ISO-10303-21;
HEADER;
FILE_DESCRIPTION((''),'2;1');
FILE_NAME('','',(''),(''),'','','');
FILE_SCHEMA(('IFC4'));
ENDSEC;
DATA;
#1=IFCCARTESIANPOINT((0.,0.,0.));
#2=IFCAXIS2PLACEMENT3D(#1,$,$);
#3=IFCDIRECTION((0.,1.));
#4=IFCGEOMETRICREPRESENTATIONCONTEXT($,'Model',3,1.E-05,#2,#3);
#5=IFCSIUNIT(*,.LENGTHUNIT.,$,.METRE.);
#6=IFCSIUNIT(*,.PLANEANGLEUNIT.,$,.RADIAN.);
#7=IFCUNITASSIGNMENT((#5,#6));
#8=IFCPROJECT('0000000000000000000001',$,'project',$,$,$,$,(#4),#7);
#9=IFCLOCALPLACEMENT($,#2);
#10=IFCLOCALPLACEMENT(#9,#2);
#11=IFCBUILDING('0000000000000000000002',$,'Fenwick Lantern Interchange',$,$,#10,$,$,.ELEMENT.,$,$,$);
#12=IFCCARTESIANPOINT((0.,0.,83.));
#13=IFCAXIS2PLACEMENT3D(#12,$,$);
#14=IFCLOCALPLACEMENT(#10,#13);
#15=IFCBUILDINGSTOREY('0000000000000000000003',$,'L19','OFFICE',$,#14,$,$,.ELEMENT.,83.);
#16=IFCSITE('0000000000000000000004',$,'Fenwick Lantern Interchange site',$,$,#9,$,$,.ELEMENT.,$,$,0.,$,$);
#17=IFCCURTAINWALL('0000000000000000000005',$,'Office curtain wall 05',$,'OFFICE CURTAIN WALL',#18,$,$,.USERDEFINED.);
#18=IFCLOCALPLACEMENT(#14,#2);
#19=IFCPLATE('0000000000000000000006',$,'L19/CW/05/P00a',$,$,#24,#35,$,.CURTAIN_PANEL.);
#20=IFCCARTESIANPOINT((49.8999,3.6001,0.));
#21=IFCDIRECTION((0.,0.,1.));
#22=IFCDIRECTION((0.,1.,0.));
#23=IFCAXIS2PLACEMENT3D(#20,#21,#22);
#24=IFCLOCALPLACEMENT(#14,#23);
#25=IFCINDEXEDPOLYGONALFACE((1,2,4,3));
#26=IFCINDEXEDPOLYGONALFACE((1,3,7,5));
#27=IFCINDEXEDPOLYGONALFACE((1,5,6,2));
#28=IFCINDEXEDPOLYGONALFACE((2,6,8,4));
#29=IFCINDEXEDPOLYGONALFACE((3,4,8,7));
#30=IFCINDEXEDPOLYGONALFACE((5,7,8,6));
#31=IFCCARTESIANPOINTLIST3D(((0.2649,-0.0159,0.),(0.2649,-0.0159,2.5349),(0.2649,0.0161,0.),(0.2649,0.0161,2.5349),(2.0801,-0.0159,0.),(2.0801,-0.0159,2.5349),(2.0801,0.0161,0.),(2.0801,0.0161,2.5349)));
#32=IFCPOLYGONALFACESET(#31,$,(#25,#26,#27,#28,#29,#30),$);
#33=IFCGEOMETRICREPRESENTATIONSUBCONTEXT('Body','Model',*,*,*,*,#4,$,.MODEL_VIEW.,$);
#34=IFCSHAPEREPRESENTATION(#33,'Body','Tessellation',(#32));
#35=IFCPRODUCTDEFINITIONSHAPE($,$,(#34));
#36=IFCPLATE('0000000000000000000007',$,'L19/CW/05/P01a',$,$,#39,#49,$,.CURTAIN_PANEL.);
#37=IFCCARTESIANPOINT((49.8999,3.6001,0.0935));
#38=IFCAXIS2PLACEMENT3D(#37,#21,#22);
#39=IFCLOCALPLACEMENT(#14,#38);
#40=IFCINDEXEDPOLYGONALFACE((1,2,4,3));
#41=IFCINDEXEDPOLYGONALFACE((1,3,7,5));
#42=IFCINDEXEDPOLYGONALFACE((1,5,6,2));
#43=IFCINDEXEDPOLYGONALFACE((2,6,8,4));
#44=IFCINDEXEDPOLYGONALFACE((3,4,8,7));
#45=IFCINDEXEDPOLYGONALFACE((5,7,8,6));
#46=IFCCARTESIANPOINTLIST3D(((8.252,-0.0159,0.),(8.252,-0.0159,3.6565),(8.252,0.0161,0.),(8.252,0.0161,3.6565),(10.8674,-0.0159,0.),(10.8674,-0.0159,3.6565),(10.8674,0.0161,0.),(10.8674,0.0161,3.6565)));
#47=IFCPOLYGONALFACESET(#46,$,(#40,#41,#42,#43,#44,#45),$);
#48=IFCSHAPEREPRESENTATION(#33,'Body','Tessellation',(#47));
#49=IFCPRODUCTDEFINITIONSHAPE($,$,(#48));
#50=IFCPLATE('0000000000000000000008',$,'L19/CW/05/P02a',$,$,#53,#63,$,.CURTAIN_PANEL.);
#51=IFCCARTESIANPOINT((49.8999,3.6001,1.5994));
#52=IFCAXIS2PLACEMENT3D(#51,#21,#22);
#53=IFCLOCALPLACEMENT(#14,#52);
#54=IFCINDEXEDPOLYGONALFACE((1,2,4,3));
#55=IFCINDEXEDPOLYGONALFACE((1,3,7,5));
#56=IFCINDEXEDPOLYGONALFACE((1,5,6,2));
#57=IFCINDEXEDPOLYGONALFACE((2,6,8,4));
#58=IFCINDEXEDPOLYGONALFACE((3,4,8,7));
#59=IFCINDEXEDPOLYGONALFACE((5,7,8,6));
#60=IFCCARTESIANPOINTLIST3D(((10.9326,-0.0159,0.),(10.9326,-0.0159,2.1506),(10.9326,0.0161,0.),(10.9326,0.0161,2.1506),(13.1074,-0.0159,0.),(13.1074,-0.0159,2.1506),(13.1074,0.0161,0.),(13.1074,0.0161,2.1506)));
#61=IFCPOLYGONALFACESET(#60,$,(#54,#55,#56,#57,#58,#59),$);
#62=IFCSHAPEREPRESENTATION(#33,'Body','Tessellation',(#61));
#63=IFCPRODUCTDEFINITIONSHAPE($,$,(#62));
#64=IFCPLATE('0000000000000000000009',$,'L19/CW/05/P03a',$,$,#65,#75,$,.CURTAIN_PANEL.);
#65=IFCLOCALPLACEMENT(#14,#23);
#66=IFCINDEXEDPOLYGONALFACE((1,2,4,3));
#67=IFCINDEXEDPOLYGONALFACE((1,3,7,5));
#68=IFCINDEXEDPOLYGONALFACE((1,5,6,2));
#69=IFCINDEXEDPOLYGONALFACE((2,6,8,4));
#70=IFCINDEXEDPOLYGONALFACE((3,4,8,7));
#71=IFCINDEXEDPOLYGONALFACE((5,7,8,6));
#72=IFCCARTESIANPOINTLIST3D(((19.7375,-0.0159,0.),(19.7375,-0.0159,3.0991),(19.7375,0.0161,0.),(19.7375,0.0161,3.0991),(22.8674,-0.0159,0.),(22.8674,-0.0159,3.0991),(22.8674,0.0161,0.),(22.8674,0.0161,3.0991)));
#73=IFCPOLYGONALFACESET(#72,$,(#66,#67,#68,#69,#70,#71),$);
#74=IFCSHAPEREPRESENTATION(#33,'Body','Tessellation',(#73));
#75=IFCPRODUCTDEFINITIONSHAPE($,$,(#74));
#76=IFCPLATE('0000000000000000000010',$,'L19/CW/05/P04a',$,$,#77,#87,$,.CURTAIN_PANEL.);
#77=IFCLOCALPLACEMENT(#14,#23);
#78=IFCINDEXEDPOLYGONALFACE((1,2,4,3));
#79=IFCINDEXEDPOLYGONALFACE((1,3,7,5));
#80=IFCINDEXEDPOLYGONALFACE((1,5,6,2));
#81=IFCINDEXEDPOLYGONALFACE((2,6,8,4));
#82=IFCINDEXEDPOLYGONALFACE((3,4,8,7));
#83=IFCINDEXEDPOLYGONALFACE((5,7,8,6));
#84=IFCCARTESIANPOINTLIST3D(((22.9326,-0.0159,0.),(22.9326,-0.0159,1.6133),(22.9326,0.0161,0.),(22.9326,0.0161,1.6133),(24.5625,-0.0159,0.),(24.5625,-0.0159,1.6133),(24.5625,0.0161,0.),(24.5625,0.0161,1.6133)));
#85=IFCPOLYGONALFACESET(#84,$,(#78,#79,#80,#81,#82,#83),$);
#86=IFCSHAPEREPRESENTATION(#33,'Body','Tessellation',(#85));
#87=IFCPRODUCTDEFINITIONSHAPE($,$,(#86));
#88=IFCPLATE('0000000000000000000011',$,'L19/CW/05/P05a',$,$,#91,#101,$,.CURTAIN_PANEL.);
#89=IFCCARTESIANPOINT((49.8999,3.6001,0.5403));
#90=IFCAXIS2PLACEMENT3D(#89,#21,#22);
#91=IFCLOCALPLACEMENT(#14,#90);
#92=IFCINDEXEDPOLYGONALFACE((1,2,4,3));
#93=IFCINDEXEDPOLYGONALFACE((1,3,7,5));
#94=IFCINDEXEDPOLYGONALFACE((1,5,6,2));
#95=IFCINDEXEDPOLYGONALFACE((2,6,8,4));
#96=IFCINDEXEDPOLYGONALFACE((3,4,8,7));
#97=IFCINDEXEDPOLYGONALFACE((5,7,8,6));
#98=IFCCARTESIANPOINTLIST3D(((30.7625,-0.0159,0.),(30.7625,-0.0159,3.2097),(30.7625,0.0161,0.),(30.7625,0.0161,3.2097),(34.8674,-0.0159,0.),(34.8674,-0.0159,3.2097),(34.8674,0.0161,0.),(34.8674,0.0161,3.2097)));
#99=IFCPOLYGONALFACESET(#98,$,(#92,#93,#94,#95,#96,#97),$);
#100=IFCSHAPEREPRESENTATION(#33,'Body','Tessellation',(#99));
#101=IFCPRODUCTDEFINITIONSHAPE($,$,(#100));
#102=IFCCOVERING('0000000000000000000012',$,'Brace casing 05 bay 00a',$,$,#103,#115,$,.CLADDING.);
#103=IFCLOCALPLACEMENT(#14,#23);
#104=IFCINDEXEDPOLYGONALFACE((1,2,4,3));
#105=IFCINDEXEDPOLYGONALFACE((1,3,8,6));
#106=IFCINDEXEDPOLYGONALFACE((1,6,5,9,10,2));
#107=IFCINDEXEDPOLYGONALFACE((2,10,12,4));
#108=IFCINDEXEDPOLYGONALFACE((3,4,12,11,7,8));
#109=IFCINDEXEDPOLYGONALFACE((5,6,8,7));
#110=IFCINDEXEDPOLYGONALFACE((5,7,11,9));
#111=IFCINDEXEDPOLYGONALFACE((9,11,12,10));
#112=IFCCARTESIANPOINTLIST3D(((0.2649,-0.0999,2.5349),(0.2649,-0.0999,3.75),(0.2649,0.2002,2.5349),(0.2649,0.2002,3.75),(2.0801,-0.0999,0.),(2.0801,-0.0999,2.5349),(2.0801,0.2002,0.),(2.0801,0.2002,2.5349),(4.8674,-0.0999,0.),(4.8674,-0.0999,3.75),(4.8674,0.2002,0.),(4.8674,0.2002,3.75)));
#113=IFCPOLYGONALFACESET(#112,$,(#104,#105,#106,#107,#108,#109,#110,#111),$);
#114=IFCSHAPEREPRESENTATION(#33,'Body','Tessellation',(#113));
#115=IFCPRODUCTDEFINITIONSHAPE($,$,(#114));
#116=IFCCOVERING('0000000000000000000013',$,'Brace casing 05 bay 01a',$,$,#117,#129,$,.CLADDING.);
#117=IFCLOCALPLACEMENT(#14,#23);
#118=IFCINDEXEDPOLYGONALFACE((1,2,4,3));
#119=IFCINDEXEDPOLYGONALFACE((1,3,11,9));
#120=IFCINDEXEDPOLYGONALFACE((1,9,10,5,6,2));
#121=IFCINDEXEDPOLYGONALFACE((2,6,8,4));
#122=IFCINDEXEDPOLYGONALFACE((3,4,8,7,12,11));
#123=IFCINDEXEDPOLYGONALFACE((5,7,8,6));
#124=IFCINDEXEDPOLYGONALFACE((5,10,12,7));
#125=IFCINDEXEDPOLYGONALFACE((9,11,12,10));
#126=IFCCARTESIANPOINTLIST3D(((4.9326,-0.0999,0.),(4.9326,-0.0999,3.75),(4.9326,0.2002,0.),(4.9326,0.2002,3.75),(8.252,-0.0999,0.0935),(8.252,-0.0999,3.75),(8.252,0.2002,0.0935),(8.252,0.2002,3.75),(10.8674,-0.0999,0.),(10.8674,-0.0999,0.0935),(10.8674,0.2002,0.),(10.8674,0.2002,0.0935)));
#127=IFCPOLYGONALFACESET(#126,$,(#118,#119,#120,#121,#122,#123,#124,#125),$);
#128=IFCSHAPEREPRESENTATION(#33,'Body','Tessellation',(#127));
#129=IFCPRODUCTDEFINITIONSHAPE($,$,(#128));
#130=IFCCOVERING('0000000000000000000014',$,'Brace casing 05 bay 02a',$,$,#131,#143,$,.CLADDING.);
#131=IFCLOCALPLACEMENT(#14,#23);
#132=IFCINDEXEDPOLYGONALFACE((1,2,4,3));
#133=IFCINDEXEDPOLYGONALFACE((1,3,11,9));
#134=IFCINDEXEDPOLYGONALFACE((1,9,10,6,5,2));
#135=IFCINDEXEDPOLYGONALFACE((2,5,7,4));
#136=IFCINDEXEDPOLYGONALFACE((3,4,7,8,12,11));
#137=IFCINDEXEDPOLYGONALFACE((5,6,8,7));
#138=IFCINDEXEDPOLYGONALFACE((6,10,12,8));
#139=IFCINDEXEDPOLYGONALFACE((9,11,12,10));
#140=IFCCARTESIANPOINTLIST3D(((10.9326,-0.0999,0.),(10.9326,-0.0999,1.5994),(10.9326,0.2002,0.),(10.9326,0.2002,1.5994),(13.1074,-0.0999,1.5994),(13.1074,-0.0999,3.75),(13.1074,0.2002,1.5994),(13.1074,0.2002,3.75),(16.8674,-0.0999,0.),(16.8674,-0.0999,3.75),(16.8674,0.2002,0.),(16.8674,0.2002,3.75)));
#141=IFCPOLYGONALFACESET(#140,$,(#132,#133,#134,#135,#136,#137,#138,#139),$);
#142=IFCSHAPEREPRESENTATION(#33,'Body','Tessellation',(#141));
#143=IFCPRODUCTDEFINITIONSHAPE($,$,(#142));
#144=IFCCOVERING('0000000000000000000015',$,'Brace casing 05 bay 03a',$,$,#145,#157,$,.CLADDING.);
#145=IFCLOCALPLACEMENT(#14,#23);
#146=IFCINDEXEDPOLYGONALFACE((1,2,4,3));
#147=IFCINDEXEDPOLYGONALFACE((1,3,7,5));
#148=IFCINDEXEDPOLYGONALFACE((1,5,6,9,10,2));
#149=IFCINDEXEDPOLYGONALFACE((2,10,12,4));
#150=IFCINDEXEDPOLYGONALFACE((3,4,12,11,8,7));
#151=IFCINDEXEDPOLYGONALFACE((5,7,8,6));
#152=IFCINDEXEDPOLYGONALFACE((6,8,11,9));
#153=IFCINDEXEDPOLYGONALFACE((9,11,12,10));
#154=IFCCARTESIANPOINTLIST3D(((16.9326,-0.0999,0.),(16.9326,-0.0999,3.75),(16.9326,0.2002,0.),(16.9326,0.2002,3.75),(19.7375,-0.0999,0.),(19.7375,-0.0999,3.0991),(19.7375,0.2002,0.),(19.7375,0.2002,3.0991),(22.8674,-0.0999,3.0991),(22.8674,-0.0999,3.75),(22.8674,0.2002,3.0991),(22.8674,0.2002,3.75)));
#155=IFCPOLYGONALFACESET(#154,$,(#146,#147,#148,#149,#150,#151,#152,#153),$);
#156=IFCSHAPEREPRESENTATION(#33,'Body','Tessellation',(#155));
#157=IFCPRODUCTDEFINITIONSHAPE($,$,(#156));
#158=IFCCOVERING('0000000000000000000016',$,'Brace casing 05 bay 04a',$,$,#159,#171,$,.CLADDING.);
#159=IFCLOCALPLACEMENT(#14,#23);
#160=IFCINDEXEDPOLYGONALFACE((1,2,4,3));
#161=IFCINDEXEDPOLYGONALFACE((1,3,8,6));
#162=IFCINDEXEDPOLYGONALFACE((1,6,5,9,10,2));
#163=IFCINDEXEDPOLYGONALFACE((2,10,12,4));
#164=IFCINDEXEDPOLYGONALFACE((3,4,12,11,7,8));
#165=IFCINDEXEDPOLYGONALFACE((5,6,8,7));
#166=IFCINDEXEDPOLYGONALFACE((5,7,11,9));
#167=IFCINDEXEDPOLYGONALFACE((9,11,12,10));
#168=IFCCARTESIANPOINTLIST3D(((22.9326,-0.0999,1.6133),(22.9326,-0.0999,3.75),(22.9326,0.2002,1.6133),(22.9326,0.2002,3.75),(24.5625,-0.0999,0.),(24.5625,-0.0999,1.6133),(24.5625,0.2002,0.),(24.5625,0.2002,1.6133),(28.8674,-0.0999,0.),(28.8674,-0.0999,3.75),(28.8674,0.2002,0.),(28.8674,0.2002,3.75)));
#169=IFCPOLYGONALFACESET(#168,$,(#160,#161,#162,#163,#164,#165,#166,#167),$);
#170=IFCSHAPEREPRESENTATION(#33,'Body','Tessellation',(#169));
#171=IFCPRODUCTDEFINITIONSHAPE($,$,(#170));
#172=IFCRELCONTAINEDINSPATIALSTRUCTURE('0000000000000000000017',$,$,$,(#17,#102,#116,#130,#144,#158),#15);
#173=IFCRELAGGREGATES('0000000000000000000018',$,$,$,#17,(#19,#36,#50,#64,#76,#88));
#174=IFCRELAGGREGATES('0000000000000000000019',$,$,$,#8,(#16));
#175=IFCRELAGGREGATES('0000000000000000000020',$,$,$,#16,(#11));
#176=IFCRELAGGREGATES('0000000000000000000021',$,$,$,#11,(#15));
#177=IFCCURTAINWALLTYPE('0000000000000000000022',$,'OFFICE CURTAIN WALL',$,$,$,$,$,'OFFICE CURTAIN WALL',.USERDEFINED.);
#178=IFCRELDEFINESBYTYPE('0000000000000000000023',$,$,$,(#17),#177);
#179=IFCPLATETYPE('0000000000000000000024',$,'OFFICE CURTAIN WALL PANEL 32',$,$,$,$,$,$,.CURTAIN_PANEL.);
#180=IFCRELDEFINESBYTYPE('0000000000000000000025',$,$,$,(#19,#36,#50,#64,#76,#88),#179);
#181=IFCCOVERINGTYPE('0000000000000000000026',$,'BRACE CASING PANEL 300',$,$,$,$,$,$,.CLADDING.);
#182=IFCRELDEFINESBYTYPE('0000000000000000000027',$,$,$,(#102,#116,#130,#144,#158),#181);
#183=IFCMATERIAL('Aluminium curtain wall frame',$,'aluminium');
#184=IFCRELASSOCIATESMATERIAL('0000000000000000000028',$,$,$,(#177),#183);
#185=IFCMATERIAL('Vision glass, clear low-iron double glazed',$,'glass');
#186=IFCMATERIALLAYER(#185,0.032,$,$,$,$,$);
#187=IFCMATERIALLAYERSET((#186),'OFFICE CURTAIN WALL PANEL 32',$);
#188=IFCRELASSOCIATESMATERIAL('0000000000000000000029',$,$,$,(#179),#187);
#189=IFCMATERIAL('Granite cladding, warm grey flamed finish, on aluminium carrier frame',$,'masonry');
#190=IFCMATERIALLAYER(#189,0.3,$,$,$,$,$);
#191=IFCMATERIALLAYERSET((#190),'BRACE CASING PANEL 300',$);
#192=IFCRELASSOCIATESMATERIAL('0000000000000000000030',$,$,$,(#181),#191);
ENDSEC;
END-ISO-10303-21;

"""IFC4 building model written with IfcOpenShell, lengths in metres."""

from ifc_helpers import new_model, si_unit, direction, frame, origin, place, context, subcontext, project, spatial, polyline, outline, extrude, material, layer, layer_set, type_object, element, aggregate, save


model = new_model("IFC4")

# Units and contexts
model_context = context("Model", 3, precision=1e-05, world=origin(), true_north=direction((0.0, 1.0)))
body_context = subcontext(model_context, "Body", "Model", "MODEL_VIEW")
ifc_project = project(units=[si_unit("LENGTHUNIT", "METRE"), si_unit("PLANEANGLEUNIT", "RADIAN")], contexts=[model_context])

# Site, building, storey
site_placement = place(None, origin())
site = spatial("IfcSite", under=ifc_project, at=site_placement, Name="Fenwick Lantern Interchange site", CompositionType="ELEMENT", RefElevation=0.0)
building_placement = place(site_placement, origin())
building = spatial("IfcBuilding", under=site, at=building_placement, Name="Fenwick Lantern Interchange", CompositionType="ELEMENT")
storey_placement = place(building_placement, frame((0.0, 0.0, 83.0)))
storey = spatial("IfcBuildingStorey", under=building, at=storey_placement, Name="L19", Description="OFFICE", CompositionType="ELEMENT", Elevation=83.0)

# Shared definitions
ifc_material_1 = material(Name="Aluminium curtain wall frame", Category="aluminium")
curtain_wall_type = type_object("IfcCurtainWallType", Name="OFFICE CURTAIN WALL", ElementType="OFFICE CURTAIN WALL", PredefinedType="USERDEFINED", material=ifc_material_1)

# Shared definitions
ifc_material_2 = material(Name="Vision glass, clear low-iron double glazed", Category="glass")
ifc_layer_1 = layer(ifc_material_2, 0.032)
ifc_layer_set_1 = layer_set([ifc_layer_1], Name="OFFICE CURTAIN WALL PANEL 32")
plate_type = type_object("IfcPlateType", Name="OFFICE CURTAIN WALL PANEL 32", PredefinedType="CURTAIN_PANEL", material=ifc_layer_set_1)

# Curtain wall, plates
curtain_wall_1_placement = place(storey_placement, origin())
curtain_wall_1 = element("IfcCurtainWall", 1, at=curtain_wall_1_placement, inside=storey, type_object=curtain_wall_type, Name="Office curtain wall 05", ObjectType="OFFICE CURTAIN WALL", PredefinedType="USERDEFINED")
plate_1_placement = place(storey_placement, frame((49.8999, 3.6001, 0.0), z_axis=(0.0, 0.0, 1.0), x_axis=(0.0, 1.0, 0.0)))
plate_1 = element("IfcPlate", 2, at=plate_1_placement, type_object=plate_type, Name="L19/CW/05/P00a", PredefinedType="CURTAIN_PANEL", context=body_context, shape_type="SweptSolid", body=[
    extrude(outline(polyline([(0.2649, 0.0), (2.0801, 0.0), (2.0801, 2.5349), (0.2649, 2.5349), (0.2649, 0.0)])), frame((0.0, 0.0161, 0.0), z_axis=(0.0, -1.0, 0.0), x_axis=(1.0, 0.0, 0.0)), (0.0, 0.0, 1.0), 0.032),
])
plate_2_placement = place(storey_placement, frame((49.8999, 3.6001, 0.0935), z_axis=(0.0, 0.0, 1.0), x_axis=(0.0, 1.0, 0.0)))
plate_2 = element("IfcPlate", 3, at=plate_2_placement, type_object=plate_type, Name="L19/CW/05/P01a", PredefinedType="CURTAIN_PANEL", context=body_context, shape_type="SweptSolid", body=[
    extrude(outline(polyline([(8.252, 0.0), (10.8674, 0.0), (10.8674, 3.6565), (8.252, 3.6565), (8.252, 0.0)])), frame((0.0, 0.0161, 0.0), z_axis=(0.0, -1.0, 0.0), x_axis=(1.0, 0.0, 0.0)), (0.0, 0.0, 1.0), 0.032),
])
plate_3_placement = place(storey_placement, frame((49.8999, 3.6001, 1.5994), z_axis=(0.0, 0.0, 1.0), x_axis=(0.0, 1.0, 0.0)))
plate_3 = element("IfcPlate", 4, at=plate_3_placement, type_object=plate_type, Name="L19/CW/05/P02a", PredefinedType="CURTAIN_PANEL", context=body_context, shape_type="SweptSolid", body=[
    extrude(outline(polyline([(10.9326, 0.0), (13.1074, 0.0), (13.1074, 2.1506), (10.9326, 2.1506), (10.9326, 0.0)])), frame((0.0, 0.0161, 0.0), z_axis=(0.0, -1.0, 0.0), x_axis=(1.0, 0.0, 0.0)), (0.0, 0.0, 1.0), 0.032),
])
plate_4_placement = place(storey_placement, frame((49.8999, 3.6001, 0.0), z_axis=(0.0, 0.0, 1.0), x_axis=(0.0, 1.0, 0.0)))
plate_4 = element("IfcPlate", 5, at=plate_4_placement, type_object=plate_type, Name="L19/CW/05/P03a", PredefinedType="CURTAIN_PANEL", context=body_context, shape_type="SweptSolid", body=[
    extrude(outline(polyline([(19.7375, 0.0), (22.8674, 0.0), (22.8674, 3.0991), (19.7375, 3.0991), (19.7375, 0.0)])), frame((0.0, 0.0161, 0.0), z_axis=(0.0, -1.0, 0.0), x_axis=(1.0, 0.0, 0.0)), (0.0, 0.0, 1.0), 0.032),
])
plate_5_placement = place(storey_placement, frame((49.8999, 3.6001, 0.0), z_axis=(0.0, 0.0, 1.0), x_axis=(0.0, 1.0, 0.0)))
plate_5 = element("IfcPlate", 6, at=plate_5_placement, type_object=plate_type, Name="L19/CW/05/P04a", PredefinedType="CURTAIN_PANEL", context=body_context, shape_type="SweptSolid", body=[
    extrude(outline(polyline([(22.9326, 0.0), (24.5625, 0.0), (24.5625, 1.6133), (22.9326, 1.6133), (22.9326, 0.0)])), frame((0.0, 0.0161, 0.0), z_axis=(0.0, -1.0, 0.0), x_axis=(1.0, 0.0, 0.0)), (0.0, 0.0, 1.0), 0.032),
])
plate_6_placement = place(storey_placement, frame((49.8999, 3.6001, 0.5403), z_axis=(0.0, 0.0, 1.0), x_axis=(0.0, 1.0, 0.0)))
plate_6 = element("IfcPlate", 7, at=plate_6_placement, type_object=plate_type, Name="L19/CW/05/P05a", PredefinedType="CURTAIN_PANEL", context=body_context, shape_type="SweptSolid", body=[
    extrude(outline(polyline([(30.7625, 0.0), (34.8674, 0.0), (34.8674, 3.2097), (30.7625, 3.2097), (30.7625, 0.0)])), frame((0.0, 0.0161, 0.0), z_axis=(0.0, -1.0, 0.0), x_axis=(1.0, 0.0, 0.0)), (0.0, 0.0, 1.0), 0.032),
])
aggregate(curtain_wall_1, [plate_1, plate_2, plate_3, plate_4, plate_5, plate_6])

# Coverings
ifc_material_3 = material(Name="Granite cladding, warm grey flamed finish, on aluminium carrier frame", Category="masonry")
ifc_layer_2 = layer(ifc_material_3, 0.3)
ifc_layer_set_2 = layer_set([ifc_layer_2], Name="BRACE CASING PANEL 300")
covering_type = type_object("IfcCoveringType", Name="BRACE CASING PANEL 300", PredefinedType="CLADDING", material=ifc_layer_set_2)
covering_1_placement = place(storey_placement, frame((49.8999, 3.6001, 0.0), z_axis=(0.0, 0.0, 1.0), x_axis=(0.0, 1.0, 0.0)))
element("IfcCovering", 8, at=covering_1_placement, inside=storey, type_object=covering_type, Name="Brace casing 05 bay 00a", PredefinedType="CLADDING", context=body_context, shape_type="SweptSolid", body=[
    extrude(outline(polyline([(2.0801, 0.0), (4.8674, 0.0), (4.8674, 3.75), (0.2649, 3.75), (0.2649, 2.5349), (2.0801, 2.5349), (2.0801, 0.0)])), frame((0.0, 0.2002, 0.0), z_axis=(0.0, -1.0, 0.0), x_axis=(1.0, 0.0, 0.0)), (0.0, 0.0, 1.0), 0.3),
])
covering_2_placement = place(storey_placement, frame((49.8999, 3.6001, 0.0), z_axis=(0.0, 0.0, 1.0), x_axis=(0.0, 1.0, 0.0)))
element("IfcCovering", 9, at=covering_2_placement, inside=storey, type_object=covering_type, Name="Brace casing 05 bay 01a", PredefinedType="CLADDING", context=body_context, shape_type="SweptSolid", body=[
    extrude(outline(polyline([(4.9326, 0.0), (10.8674, 0.0), (10.8674, 0.0935), (8.252, 0.0935), (8.252, 3.75), (4.9326, 3.75), (4.9326, 0.0)])), frame((0.0, 0.2002, 0.0), z_axis=(0.0, -1.0, 0.0), x_axis=(1.0, 0.0, 0.0)), (0.0, 0.0, 1.0), 0.3),
])
covering_3_placement = place(storey_placement, frame((49.8999, 3.6001, 0.0), z_axis=(0.0, 0.0, 1.0), x_axis=(0.0, 1.0, 0.0)))
element("IfcCovering", 10, at=covering_3_placement, inside=storey, type_object=covering_type, Name="Brace casing 05 bay 02a", PredefinedType="CLADDING", context=body_context, shape_type="SweptSolid", body=[
    extrude(outline(polyline([(10.9326, 0.0), (16.8674, 0.0), (16.8674, 3.75), (13.1074, 3.75), (13.1074, 1.5994), (10.9326, 1.5994), (10.9326, 0.0)])), frame((0.0, 0.2002, 0.0), z_axis=(0.0, -1.0, 0.0), x_axis=(1.0, 0.0, 0.0)), (0.0, 0.0, 1.0), 0.3),
])
covering_4_placement = place(storey_placement, frame((49.8999, 3.6001, 0.0), z_axis=(0.0, 0.0, 1.0), x_axis=(0.0, 1.0, 0.0)))
element("IfcCovering", 11, at=covering_4_placement, inside=storey, type_object=covering_type, Name="Brace casing 05 bay 03a", PredefinedType="CLADDING", context=body_context, shape_type="SweptSolid", body=[
    extrude(outline(polyline([(16.9326, 0.0), (19.7375, 0.0), (19.7375, 3.0991), (22.8674, 3.0991), (22.8674, 3.75), (16.9326, 3.75), (16.9326, 0.0)])), frame((0.0, 0.2002, 0.0), z_axis=(0.0, -1.0, 0.0), x_axis=(1.0, 0.0, 0.0)), (0.0, 0.0, 1.0), 0.3),
])
covering_5_placement = place(storey_placement, frame((49.8999, 3.6001, 0.0), z_axis=(0.0, 0.0, 1.0), x_axis=(0.0, 1.0, 0.0)))
element("IfcCovering", 12, at=covering_5_placement, inside=storey, type_object=covering_type, Name="Brace casing 05 bay 04a", PredefinedType="CLADDING", context=body_context, shape_type="SweptSolid", body=[
    extrude(outline(polyline([(24.5625, 0.0), (28.8674, 0.0), (28.8674, 3.75), (22.9326, 3.75), (22.9326, 1.6133), (24.5625, 1.6133), (24.5625, 0.0)])), frame((0.0, 0.2002, 0.0), z_axis=(0.0, -1.0, 0.0), x_axis=(1.0, 0.0, 0.0)), (0.0, 0.0, 1.0), 0.3),
])

save(model, "model.ifc")
